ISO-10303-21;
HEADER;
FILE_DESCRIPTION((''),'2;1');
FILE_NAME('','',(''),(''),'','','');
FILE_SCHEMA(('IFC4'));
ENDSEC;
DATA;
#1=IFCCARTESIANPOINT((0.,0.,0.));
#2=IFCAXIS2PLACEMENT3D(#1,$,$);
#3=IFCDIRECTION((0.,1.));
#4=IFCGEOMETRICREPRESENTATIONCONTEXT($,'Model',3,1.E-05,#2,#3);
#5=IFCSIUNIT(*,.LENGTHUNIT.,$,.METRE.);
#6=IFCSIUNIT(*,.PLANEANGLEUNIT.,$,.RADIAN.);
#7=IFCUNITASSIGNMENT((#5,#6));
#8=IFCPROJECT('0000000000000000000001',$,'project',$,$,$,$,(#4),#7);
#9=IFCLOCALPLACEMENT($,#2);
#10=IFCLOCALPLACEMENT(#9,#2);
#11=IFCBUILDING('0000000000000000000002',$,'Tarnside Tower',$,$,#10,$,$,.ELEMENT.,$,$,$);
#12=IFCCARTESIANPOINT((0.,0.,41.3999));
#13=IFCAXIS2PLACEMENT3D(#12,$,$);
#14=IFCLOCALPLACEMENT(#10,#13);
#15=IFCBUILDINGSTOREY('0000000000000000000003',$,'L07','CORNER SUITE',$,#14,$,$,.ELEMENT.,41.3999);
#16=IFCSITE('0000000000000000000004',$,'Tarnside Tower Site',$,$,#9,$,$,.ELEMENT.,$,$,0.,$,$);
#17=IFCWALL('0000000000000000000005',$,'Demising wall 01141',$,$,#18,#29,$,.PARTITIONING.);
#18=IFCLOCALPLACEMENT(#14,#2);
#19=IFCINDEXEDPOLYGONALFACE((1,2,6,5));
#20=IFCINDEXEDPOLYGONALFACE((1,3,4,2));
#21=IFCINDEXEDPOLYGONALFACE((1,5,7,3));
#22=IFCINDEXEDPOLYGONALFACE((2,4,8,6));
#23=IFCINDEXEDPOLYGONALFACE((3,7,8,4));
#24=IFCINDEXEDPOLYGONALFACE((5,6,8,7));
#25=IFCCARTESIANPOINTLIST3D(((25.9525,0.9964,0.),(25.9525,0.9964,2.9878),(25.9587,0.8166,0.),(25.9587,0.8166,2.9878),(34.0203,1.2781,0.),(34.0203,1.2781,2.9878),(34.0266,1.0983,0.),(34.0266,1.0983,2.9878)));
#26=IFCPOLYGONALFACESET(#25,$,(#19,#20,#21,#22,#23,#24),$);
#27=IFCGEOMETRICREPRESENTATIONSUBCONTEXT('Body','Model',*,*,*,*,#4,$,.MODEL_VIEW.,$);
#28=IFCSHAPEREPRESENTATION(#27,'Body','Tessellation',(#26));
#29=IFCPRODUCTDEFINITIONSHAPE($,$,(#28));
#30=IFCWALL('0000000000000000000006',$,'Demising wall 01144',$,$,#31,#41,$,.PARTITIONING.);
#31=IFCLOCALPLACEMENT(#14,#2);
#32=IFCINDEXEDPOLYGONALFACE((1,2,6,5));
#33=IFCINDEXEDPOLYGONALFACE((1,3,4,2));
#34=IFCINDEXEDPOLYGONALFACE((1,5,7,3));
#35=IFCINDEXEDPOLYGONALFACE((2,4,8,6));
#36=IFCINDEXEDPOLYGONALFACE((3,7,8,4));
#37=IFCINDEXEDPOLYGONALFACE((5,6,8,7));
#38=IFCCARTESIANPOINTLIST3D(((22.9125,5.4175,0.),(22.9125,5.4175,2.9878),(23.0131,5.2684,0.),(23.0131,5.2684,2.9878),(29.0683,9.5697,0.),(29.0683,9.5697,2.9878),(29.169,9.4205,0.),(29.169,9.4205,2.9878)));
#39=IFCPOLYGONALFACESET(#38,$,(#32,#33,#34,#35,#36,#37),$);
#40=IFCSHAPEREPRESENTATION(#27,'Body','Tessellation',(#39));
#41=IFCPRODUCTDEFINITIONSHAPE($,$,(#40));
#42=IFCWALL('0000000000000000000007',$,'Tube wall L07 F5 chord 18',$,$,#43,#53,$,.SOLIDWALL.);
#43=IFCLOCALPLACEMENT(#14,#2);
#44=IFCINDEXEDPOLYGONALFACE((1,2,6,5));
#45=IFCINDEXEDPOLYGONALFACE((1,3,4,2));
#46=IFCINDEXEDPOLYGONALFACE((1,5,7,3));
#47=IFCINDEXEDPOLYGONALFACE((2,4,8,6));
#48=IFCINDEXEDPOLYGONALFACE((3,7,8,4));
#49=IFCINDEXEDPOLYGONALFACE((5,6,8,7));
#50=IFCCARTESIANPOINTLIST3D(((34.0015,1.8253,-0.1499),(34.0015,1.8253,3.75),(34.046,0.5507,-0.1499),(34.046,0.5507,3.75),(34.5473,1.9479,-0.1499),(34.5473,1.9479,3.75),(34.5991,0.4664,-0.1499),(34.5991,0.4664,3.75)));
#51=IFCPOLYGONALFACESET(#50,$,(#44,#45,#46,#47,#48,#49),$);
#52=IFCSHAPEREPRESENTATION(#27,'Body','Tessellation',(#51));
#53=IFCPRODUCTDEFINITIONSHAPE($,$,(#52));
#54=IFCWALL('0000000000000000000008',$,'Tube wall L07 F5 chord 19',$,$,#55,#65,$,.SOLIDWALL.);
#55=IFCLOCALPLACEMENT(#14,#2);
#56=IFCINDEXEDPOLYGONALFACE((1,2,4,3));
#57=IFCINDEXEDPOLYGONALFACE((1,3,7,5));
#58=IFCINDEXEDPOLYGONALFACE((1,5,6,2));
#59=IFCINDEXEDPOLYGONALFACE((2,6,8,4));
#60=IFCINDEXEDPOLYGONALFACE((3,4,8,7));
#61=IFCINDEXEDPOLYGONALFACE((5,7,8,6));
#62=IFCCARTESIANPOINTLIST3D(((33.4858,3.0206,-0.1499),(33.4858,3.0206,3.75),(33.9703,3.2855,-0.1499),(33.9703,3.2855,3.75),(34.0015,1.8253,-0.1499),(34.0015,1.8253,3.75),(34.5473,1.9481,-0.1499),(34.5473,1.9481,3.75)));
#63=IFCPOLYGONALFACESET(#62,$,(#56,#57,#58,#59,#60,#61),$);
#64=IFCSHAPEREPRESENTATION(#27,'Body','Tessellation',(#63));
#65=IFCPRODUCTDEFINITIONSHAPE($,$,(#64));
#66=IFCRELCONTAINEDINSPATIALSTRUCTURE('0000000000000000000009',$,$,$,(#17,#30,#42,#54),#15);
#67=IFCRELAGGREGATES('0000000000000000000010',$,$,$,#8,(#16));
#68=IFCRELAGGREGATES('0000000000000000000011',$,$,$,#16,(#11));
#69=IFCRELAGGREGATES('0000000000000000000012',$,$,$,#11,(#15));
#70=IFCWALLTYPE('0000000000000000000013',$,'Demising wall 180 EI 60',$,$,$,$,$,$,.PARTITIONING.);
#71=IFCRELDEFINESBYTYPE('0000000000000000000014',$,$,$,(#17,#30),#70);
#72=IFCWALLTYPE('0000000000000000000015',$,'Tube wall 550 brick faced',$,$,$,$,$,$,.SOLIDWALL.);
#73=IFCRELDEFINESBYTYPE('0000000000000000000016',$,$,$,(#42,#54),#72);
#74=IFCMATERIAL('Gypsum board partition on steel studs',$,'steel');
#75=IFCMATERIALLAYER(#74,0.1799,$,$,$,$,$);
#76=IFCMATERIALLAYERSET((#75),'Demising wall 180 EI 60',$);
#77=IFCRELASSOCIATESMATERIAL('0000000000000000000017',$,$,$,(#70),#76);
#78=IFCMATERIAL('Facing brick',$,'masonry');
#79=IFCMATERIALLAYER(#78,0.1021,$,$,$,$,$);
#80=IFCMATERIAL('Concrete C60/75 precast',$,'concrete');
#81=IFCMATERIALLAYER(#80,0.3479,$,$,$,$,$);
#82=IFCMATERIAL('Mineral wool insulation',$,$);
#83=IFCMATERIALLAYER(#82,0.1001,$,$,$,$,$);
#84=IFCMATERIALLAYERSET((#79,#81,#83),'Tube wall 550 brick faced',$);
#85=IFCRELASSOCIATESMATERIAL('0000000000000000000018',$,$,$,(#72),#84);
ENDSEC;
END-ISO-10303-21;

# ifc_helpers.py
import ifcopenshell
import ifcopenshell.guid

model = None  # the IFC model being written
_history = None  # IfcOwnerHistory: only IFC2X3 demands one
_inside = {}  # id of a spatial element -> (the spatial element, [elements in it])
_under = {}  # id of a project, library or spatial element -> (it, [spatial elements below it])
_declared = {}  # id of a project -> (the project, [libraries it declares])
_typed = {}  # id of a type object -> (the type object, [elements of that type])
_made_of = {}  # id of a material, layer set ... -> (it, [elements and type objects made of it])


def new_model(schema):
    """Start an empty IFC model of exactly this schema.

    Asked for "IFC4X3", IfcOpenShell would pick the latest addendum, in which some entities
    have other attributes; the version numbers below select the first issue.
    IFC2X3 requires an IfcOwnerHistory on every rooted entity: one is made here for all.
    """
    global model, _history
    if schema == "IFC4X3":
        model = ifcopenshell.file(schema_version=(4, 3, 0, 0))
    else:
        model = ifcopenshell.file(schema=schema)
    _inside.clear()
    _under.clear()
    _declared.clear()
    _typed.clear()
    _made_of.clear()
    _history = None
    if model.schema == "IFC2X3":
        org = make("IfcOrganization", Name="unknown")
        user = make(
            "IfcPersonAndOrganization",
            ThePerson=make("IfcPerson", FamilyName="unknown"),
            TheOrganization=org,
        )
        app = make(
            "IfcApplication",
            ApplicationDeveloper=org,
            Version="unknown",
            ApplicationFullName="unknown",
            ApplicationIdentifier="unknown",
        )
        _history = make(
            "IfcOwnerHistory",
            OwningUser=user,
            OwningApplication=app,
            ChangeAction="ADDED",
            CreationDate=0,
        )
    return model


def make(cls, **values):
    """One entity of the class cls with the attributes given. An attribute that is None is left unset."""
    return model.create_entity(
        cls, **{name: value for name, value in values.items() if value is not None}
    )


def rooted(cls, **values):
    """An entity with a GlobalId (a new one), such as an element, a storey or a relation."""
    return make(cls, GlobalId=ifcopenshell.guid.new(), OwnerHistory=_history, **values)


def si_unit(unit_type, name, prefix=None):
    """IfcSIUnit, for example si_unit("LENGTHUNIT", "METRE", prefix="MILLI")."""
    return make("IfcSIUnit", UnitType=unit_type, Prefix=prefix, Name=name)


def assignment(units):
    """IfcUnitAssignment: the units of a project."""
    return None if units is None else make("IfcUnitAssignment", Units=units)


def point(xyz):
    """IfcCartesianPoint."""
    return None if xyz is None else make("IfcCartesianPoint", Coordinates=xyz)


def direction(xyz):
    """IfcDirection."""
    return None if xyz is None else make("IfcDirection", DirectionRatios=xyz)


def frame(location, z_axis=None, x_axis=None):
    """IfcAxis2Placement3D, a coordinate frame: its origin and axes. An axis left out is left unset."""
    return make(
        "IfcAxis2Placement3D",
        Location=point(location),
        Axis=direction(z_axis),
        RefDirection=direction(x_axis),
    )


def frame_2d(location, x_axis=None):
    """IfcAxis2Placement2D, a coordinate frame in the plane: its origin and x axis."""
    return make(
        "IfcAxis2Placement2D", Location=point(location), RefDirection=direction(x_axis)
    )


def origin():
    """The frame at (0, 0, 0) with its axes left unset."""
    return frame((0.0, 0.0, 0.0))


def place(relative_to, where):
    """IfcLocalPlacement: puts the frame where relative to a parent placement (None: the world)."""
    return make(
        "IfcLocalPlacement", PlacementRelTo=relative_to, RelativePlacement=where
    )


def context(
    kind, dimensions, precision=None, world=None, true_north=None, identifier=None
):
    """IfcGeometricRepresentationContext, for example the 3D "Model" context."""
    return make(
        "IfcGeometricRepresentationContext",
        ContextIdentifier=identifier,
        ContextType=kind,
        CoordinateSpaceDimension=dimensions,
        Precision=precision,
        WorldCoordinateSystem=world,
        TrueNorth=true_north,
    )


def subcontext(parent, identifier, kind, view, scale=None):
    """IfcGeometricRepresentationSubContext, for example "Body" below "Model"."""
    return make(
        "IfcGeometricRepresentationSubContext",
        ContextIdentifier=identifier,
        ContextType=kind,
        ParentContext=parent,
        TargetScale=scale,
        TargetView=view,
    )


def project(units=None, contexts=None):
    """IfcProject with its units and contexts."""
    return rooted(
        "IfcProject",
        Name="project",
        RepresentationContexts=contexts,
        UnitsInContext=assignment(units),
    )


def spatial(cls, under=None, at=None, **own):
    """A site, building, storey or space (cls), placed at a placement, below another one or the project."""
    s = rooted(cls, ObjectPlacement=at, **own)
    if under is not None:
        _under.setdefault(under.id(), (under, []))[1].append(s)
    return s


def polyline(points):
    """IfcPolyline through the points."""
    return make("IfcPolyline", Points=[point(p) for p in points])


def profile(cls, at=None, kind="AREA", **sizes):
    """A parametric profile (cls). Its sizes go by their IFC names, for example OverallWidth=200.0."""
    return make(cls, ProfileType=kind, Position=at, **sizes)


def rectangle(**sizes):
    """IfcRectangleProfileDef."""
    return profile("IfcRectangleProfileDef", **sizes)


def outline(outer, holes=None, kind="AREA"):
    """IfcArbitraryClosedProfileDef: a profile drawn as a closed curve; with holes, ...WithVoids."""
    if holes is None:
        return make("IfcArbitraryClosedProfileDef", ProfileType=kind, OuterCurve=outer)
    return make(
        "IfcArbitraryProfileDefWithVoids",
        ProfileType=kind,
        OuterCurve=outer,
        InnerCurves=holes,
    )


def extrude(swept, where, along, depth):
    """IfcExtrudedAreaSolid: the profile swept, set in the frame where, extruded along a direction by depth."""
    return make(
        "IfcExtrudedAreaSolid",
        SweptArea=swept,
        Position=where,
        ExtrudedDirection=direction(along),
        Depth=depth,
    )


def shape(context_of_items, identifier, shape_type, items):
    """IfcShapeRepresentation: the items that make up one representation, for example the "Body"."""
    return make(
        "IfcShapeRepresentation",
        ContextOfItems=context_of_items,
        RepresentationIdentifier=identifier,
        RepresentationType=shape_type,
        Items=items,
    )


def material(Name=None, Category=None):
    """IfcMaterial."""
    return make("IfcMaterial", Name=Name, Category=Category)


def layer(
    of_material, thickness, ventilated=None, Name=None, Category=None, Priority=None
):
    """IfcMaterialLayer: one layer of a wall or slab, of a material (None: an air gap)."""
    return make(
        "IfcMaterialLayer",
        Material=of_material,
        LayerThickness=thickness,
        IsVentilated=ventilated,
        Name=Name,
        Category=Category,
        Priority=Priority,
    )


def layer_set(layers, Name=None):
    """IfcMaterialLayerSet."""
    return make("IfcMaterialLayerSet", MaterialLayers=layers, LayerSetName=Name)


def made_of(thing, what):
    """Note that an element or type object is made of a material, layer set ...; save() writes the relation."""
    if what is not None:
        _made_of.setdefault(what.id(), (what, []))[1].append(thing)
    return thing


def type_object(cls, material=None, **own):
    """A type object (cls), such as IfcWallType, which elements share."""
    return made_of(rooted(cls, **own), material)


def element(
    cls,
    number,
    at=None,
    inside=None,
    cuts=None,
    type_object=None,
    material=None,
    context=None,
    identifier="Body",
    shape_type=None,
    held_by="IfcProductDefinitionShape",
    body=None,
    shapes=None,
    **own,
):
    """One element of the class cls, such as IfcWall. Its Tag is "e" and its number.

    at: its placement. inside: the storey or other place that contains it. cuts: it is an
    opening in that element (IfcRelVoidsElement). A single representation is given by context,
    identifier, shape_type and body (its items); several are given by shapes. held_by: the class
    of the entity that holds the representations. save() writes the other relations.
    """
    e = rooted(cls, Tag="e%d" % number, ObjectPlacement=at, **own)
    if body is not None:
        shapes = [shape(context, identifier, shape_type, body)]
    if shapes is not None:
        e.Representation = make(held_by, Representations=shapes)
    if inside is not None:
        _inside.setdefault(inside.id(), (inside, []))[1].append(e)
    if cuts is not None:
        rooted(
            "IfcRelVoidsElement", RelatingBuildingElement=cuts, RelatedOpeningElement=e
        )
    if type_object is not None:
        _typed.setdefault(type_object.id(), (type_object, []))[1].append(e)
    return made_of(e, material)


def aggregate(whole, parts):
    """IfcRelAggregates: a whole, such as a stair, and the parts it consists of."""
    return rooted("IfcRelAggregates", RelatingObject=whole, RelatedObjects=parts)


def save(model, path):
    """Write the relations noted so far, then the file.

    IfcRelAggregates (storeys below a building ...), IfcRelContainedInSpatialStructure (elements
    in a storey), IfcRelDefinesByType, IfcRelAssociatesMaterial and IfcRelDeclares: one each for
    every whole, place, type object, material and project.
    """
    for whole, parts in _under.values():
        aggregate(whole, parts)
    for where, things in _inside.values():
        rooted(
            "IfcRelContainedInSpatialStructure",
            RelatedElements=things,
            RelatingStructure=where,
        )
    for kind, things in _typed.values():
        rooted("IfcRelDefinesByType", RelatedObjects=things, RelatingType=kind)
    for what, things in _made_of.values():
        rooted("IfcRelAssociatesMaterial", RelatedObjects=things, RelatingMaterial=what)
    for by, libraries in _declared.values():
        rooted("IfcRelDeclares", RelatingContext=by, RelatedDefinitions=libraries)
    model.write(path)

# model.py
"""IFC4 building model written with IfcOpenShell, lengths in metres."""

from ifc_helpers import new_model, si_unit, direction, frame, frame_2d, origin, place, context, subcontext, project, spatial, polyline, rectangle, outline, extrude, material, layer, layer_set, type_object, element, save


model = new_model("IFC4")

# Units and contexts
model_context = context("Model", 3, precision=1e-05, world=origin(), true_north=direction((0.0, 1.0)))
body_context = subcontext(model_context, "Body", "Model", "MODEL_VIEW")
ifc_project = project(units=[si_unit("LENGTHUNIT", "METRE"), si_unit("PLANEANGLEUNIT", "RADIAN")], contexts=[model_context])

# Site, building, storey
site_placement = place(None, origin())
site = spatial("IfcSite", under=ifc_project, at=site_placement, Name="Tarnside Tower Site", CompositionType="ELEMENT", RefElevation=0.0)
building_placement = place(site_placement, origin())
building = spatial("IfcBuilding", under=site, at=building_placement, Name="Tarnside Tower", CompositionType="ELEMENT")
storey_placement = place(building_placement, frame((0.0, 0.0, 41.3999)))
storey = spatial("IfcBuildingStorey", under=building, at=storey_placement, Name="L07", Description="CORNER SUITE", CompositionType="ELEMENT", Elevation=41.3999)

# Walls
ifc_material_1 = material(Name="Gypsum board partition on steel studs", Category="steel")
ifc_layer_1 = layer(ifc_material_1, 0.1799)
ifc_layer_set_1 = layer_set([ifc_layer_1], Name="Demising wall 180 EI 60")
wall_type_1 = type_object("IfcWallType", Name="Demising wall 180 EI 60", PredefinedType="PARTITIONING", material=ifc_layer_set_1)
wall_1_placement = place(storey_placement, frame((34.0234, 1.1882, 0.0), z_axis=(0.0, 0.0, 1.0), x_axis=(-0.999391, -0.0349, 0.0)))
element("IfcWall", 1, at=wall_1_placement, inside=storey, type_object=wall_type_1, Name="Demising wall 01141", PredefinedType="PARTITIONING", context=body_context, shape_type="SweptSolid", body=[
    extrude(rectangle(XDim=8.0728, YDim=0.1799, at=frame_2d((4.0364, 0.0))), origin(), (0.0, 0.0, 1.0), 2.9878),
])
wall_2_placement = place(storey_placement, frame((29.1187, 9.4951, 0.0), z_axis=(0.0, 0.0, 1.0), x_axis=(-0.829038, -0.559192, 0.0)))
element("IfcWall", 2, at=wall_2_placement, inside=storey, type_object=wall_type_1, Name="Demising wall 01144", PredefinedType="PARTITIONING", context=body_context, shape_type="SweptSolid", body=[
    extrude(rectangle(XDim=7.4253, YDim=0.1799, at=frame_2d((3.7126, 0.0))), origin(), (0.0, 0.0, 1.0), 2.9878),
])
ifc_material_2 = material(Name="Facing brick", Category="masonry")
ifc_layer_2 = layer(ifc_material_2, 0.1021)
ifc_material_3 = material(Name="Concrete C60/75 precast", Category="concrete")
ifc_layer_3 = layer(ifc_material_3, 0.3479)
ifc_material_4 = material(Name="Mineral wool insulation")
ifc_layer_4 = layer(ifc_material_4, 0.1001)
ifc_layer_set_2 = layer_set([ifc_layer_2, ifc_layer_3, ifc_layer_4], Name="Tube wall 550 brick faced")
wall_type_2 = type_object("IfcWallType", Name="Tube wall 550 brick faced", PredefinedType="SOLIDWALL", material=ifc_layer_set_2)
wall_3_placement = place(storey_placement, frame((34.3225, 0.5085, -0.1499), z_axis=(0.0, 0.0, 1.0), x_axis=(-0.034877, 0.999392, 0.0)))
element("IfcWall", 3, at=wall_3_placement, inside=storey, type_object=wall_type_2, Name="Tube wall L07 F5 chord 18", PredefinedType="SOLIDWALL", context=body_context, shape_type="SweptSolid", body=[
    extrude(outline(polyline([(-0.0518, -0.2749), (1.4307, -0.2749), (1.3271, 0.2749), (0.0518, 0.2749), (-0.0518, -0.2749)])), origin(), (0.0, 0.0, 1.0), 3.8999),
])
wall_4_placement = place(storey_placement, frame((34.2744, 1.8867, -0.1499), z_axis=(0.0, 0.0, 1.0), x_axis=(-0.396161, 0.918181, 0.0)))
element("IfcWall", 4, at=wall_4_placement, inside=storey, type_object=wall_type_2, Name="Tube wall L07 F5 chord 19", PredefinedType="SOLIDWALL", context=body_context, shape_type="SweptSolid", body=[
    extrude(outline(polyline([(-0.0518, -0.2749), (1.4048, -0.2749), (1.3535, 0.2749), (0.0518, 0.2749), (-0.0518, -0.2749)])), origin(), (0.0, 0.0, 1.0), 3.8999),
])

save(model, "model.ifc")
